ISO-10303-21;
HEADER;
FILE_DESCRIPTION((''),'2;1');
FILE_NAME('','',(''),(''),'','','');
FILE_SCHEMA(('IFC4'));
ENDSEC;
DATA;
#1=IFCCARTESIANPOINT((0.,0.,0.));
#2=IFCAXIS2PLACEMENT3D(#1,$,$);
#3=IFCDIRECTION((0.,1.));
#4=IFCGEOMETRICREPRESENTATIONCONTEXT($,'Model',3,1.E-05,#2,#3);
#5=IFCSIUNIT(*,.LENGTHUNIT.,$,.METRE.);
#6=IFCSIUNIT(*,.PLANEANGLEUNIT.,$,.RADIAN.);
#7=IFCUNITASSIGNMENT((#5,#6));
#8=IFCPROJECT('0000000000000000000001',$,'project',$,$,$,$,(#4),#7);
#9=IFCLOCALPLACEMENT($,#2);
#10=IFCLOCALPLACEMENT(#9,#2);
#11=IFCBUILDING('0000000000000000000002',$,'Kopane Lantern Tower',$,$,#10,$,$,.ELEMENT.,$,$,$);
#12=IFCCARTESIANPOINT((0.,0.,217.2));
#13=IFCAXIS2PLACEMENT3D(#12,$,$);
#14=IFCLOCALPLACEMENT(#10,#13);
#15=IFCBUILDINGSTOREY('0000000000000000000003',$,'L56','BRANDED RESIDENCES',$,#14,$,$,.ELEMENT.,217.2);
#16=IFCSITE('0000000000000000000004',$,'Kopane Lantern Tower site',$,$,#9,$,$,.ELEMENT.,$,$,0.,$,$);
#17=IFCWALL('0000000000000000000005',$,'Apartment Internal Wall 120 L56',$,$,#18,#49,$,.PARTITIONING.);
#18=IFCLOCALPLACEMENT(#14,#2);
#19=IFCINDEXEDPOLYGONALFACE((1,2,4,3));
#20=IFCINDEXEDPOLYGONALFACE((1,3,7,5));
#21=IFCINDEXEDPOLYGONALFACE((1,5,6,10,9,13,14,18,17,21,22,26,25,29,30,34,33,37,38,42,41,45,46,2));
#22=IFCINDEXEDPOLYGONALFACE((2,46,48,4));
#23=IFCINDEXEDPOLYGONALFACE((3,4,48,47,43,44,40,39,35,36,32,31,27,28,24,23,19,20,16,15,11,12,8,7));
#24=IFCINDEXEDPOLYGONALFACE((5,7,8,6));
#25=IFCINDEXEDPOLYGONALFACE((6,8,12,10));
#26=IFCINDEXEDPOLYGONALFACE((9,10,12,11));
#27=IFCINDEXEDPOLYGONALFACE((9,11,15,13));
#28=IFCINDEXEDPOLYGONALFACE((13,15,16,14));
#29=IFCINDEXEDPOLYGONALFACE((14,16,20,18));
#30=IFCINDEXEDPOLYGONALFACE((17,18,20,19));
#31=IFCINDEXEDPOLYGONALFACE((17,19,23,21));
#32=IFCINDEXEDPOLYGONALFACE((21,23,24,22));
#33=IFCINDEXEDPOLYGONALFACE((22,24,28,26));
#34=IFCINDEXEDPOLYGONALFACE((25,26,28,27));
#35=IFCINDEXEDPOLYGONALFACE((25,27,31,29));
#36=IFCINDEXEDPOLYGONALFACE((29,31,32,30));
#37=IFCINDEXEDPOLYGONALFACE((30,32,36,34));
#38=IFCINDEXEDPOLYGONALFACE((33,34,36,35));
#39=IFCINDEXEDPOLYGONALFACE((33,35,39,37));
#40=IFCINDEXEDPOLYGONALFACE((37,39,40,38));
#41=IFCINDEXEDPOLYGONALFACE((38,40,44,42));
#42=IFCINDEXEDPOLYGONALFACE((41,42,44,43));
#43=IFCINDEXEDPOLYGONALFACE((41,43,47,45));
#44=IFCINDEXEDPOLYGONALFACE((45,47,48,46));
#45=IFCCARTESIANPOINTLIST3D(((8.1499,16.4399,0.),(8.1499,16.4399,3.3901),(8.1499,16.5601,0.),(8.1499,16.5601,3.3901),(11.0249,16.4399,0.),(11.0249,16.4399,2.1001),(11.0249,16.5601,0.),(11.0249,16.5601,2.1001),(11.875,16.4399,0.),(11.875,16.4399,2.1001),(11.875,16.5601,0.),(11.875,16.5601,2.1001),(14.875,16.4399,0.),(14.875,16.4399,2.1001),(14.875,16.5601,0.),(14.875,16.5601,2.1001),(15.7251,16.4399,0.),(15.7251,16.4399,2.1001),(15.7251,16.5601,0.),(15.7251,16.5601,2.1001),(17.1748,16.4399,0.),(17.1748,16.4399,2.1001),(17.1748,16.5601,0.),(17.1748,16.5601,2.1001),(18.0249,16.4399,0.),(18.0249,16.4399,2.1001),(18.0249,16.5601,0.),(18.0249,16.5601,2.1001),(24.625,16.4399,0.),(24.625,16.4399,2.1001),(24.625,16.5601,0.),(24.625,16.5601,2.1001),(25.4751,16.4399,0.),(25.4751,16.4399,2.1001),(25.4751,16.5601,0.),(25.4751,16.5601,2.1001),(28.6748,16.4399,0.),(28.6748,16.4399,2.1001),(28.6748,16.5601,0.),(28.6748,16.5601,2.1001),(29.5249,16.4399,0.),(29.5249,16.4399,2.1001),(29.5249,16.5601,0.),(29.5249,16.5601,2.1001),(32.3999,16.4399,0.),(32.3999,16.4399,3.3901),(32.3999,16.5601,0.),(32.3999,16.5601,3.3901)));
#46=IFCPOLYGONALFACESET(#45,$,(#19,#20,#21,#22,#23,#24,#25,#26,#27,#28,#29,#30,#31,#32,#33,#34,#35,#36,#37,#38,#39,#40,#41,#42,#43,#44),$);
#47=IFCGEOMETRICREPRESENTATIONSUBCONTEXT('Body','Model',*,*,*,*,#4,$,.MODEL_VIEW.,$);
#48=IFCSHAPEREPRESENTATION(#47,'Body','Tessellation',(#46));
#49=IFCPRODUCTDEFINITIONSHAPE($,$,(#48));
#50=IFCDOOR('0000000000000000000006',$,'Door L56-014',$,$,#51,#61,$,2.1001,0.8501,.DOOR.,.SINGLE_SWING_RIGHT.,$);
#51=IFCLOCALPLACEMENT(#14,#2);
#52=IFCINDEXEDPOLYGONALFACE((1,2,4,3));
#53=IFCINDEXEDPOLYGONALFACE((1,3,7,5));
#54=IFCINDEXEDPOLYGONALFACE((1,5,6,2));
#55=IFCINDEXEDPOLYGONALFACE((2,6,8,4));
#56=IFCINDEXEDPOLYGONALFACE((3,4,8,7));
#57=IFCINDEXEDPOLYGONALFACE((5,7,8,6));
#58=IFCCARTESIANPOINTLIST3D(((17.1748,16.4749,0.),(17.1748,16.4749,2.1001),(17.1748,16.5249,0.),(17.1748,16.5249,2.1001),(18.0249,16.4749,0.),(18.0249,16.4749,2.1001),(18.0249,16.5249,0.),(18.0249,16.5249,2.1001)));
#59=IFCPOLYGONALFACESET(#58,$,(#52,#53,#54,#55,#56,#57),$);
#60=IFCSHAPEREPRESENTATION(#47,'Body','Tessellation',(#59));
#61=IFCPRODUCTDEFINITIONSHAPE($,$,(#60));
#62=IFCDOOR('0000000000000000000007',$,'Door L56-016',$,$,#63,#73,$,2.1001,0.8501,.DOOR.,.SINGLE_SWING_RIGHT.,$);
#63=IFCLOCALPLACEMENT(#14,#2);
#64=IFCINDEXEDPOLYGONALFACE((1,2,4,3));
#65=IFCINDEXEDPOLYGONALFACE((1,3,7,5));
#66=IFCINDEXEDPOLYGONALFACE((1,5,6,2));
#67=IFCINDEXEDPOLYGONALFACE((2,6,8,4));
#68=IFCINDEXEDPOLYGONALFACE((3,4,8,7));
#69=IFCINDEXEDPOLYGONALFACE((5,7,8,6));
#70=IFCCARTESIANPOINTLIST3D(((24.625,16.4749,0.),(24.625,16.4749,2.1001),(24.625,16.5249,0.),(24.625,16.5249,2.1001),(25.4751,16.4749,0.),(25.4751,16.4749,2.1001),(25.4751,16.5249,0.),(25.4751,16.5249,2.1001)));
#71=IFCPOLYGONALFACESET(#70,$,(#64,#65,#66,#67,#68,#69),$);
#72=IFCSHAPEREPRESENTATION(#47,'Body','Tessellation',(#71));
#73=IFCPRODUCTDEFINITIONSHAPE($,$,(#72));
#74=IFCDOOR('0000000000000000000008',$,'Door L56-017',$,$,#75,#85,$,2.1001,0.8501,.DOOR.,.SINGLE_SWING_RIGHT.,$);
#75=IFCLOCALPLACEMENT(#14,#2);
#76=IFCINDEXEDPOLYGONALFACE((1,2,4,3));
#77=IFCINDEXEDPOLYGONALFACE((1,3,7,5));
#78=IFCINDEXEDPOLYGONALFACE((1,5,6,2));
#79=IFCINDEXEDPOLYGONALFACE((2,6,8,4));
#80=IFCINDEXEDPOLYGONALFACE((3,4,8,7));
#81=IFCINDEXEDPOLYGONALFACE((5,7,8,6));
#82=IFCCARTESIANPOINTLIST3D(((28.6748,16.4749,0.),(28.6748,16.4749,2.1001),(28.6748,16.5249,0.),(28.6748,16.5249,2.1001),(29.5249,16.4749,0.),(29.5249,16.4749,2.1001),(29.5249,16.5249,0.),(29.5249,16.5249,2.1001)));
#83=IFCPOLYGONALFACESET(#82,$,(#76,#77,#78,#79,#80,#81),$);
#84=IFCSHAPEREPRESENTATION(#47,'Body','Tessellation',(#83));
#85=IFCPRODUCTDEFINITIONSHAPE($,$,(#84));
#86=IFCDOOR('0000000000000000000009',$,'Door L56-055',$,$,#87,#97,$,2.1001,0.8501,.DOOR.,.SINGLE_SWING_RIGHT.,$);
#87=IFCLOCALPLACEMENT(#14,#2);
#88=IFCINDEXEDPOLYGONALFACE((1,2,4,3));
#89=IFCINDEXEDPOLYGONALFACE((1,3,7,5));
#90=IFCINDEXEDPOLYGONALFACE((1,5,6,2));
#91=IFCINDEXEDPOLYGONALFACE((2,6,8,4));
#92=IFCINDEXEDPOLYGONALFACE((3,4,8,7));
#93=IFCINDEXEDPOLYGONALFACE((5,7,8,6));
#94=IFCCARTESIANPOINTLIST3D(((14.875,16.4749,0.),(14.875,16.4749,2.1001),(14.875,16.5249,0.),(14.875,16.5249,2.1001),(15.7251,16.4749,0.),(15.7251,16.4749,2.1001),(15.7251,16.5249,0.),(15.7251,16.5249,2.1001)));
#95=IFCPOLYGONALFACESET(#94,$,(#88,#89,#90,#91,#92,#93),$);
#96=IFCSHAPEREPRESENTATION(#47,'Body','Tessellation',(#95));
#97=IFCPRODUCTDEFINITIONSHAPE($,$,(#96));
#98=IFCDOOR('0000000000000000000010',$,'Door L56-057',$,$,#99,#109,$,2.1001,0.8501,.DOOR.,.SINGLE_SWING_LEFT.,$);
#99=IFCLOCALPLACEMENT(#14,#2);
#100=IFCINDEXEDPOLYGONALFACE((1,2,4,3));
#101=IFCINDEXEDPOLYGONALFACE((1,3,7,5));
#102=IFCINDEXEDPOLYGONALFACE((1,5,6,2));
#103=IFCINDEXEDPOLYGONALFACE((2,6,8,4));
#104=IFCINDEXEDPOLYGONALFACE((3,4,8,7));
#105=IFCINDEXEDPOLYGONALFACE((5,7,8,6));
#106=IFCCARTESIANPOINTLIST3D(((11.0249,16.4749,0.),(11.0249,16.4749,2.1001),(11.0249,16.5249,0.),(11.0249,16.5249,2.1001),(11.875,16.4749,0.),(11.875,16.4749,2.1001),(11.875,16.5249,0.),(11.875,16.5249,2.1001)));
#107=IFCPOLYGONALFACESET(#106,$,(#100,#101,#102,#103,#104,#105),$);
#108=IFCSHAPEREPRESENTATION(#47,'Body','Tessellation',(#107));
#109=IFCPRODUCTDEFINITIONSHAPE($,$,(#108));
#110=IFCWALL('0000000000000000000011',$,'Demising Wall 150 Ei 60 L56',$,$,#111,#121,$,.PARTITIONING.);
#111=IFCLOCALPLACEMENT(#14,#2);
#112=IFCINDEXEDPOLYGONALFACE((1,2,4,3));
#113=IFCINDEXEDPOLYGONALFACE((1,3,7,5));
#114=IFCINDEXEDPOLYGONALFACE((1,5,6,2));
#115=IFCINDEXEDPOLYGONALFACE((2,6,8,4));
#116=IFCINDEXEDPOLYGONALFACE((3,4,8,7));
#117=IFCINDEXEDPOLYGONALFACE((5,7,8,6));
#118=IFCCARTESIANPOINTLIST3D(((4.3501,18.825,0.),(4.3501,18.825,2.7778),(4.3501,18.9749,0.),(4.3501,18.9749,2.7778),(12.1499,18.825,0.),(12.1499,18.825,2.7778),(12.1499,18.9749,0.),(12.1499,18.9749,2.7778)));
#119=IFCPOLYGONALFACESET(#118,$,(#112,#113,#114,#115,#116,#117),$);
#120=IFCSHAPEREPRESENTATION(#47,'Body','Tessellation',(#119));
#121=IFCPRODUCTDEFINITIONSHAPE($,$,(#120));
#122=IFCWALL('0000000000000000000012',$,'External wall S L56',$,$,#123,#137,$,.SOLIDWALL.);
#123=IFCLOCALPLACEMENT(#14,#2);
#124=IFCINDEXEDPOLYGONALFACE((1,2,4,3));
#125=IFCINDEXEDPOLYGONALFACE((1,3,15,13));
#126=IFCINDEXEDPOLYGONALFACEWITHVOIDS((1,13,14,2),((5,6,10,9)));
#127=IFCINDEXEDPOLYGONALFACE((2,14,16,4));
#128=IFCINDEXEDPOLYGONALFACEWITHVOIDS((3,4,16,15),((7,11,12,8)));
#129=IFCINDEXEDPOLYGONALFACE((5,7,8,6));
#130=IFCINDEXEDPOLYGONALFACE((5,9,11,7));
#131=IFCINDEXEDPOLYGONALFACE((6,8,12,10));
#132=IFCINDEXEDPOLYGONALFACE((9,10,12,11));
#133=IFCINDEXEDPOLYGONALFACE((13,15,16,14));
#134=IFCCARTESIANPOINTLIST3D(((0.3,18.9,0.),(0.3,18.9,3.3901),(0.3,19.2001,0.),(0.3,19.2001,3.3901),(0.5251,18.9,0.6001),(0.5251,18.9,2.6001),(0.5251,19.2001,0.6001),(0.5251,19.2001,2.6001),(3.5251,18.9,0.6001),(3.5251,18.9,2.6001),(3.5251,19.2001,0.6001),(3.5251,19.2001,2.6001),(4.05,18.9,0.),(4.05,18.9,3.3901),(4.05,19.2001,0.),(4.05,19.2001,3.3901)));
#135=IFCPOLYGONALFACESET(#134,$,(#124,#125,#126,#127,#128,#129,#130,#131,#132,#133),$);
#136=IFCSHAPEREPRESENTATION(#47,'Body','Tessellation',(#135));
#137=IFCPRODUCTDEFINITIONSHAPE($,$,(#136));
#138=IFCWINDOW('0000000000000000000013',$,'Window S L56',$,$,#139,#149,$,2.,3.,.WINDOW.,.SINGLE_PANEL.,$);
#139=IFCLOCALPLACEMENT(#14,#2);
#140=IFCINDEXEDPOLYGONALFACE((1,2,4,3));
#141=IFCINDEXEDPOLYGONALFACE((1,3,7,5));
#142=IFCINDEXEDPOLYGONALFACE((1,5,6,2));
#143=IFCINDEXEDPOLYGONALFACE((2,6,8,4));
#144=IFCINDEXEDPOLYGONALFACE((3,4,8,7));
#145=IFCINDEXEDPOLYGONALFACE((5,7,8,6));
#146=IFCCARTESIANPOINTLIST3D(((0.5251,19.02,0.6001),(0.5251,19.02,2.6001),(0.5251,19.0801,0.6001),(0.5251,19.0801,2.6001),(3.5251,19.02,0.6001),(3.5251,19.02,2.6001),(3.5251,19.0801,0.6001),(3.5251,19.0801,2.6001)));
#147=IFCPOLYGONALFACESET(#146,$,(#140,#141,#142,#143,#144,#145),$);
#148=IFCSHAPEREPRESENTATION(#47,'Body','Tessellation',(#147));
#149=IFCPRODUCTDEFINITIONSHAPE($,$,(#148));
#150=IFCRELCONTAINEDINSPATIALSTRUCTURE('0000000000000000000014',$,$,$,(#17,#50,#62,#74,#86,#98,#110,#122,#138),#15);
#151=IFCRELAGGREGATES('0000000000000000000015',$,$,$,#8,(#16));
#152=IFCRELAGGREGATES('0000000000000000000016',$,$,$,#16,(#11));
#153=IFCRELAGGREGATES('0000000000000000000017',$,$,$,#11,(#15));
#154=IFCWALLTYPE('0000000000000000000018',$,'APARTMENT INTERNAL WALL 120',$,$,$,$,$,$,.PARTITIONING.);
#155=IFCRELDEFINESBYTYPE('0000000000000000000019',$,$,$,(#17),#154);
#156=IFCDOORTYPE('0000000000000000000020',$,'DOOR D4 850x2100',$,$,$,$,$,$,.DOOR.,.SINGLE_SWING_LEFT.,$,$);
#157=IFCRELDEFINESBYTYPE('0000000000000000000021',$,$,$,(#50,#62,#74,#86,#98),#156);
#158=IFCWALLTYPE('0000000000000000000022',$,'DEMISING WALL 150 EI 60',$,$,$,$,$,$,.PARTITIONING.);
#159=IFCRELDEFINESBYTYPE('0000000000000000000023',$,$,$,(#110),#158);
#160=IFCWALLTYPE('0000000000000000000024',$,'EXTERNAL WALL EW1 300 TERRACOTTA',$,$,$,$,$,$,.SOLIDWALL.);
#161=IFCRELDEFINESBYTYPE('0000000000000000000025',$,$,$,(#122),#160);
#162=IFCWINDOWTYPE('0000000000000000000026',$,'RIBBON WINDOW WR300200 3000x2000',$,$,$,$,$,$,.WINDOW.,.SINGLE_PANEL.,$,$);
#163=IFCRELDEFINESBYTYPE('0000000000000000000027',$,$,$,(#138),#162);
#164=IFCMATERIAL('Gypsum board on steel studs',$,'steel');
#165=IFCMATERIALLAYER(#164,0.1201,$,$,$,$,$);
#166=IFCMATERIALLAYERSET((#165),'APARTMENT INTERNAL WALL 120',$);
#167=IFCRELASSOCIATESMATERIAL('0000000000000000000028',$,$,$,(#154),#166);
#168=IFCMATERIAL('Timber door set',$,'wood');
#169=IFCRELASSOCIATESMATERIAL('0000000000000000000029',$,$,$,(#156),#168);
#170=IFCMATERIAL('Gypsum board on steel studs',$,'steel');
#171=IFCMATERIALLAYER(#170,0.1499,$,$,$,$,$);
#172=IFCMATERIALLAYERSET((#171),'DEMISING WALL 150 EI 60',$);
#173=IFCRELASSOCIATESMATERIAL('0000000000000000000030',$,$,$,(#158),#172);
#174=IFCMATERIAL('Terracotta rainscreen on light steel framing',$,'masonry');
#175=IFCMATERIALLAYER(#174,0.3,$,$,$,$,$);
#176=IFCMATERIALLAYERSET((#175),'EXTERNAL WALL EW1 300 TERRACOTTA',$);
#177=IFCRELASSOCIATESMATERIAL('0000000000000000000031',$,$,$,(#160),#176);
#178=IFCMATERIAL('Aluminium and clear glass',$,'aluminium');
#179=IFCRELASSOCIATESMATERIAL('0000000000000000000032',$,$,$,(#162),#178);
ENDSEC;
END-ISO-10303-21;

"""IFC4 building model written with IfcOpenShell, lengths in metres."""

from ifc_helpers import new_model, si_unit, direction, frame, frame_2d, origin, place, context, subcontext, project, spatial, rectangle, extrude, material, layer, layer_set, type_object, element, fill, save


model = new_model("IFC4")

# Units and contexts
model_context = context("Model", 3, precision=1e-05, world=origin(), true_north=direction((0.0, 1.0)))
body_context = subcontext(model_context, "Body", "Model", "MODEL_VIEW")
ifc_project = project(units=[si_unit("LENGTHUNIT", "METRE"), si_unit("PLANEANGLEUNIT", "RADIAN")], contexts=[model_context])

# Site, building, storey
site_placement = place(None, origin())
site = spatial("IfcSite", under=ifc_project, at=site_placement, Name="Kopane Lantern Tower site", CompositionType="ELEMENT", RefElevation=0.0)
building_placement = place(site_placement, origin())
building = spatial("IfcBuilding", under=site, at=building_placement, Name="Kopane Lantern Tower", CompositionType="ELEMENT")
storey_placement = place(building_placement, frame((0.0, 0.0, 217.2)))
storey = spatial("IfcBuildingStorey", under=building, at=storey_placement, Name="L56", Description="BRANDED RESIDENCES", CompositionType="ELEMENT", Elevation=217.2)

# Wall, openings, doors
ifc_material_1 = material(Name="Gypsum board on steel studs", Category="steel")
ifc_layer_1 = layer(ifc_material_1, 0.1201)
ifc_layer_set_1 = layer_set([ifc_layer_1], Name="APARTMENT INTERNAL WALL 120")
wall_type_1 = type_object("IfcWallType", Name="APARTMENT INTERNAL WALL 120", PredefinedType="PARTITIONING", material=ifc_layer_set_1)
wall_1_placement = place(storey_placement, frame((8.1499, 16.5, 0.0), z_axis=(0.0, 0.0, 1.0), x_axis=(1.0, 0.0, 0.0)))
wall_1 = element("IfcWall", 1, at=wall_1_placement, inside=storey, type_object=wall_type_1, Name="Apartment Internal Wall 120 L56", PredefinedType="PARTITIONING", context=body_context, shape_type="SweptSolid", body=[
    extrude(rectangle(XDim=24.25, YDim=0.1201, at=frame_2d((12.125, 0.0))), origin(), (0.0, 0.0, 1.0), 3.3901),
])
opening_1_placement = place(wall_1_placement, frame((9.0249, 0.0, 0.0)))
opening_1 = element("IfcOpeningElement", 2, at=opening_1_placement, cuts=wall_1, PredefinedType="OPENING", context=body_context, shape_type="SweptSolid", body=[
    extrude(rectangle(XDim=0.8501, YDim=2.1001, at=frame_2d((0.425, 1.05))), frame((0.0, 0.0701, 0.0), z_axis=(0.0, -1.0, 0.0), x_axis=(1.0, 0.0, 0.0)), (0.0, 0.0, 1.0), 0.1401),
])
opening_2_placement = place(wall_1_placement, frame((16.4751, 0.0, 0.0)))
opening_2 = element("IfcOpeningElement", 3, at=opening_2_placement, cuts=wall_1, PredefinedType="OPENING", context=body_context, shape_type="SweptSolid", body=[
    extrude(rectangle(XDim=0.8501, YDim=2.1001, at=frame_2d((0.425, 1.05))), frame((0.0, 0.0701, 0.0), z_axis=(0.0, -1.0, 0.0), x_axis=(1.0, 0.0, 0.0)), (0.0, 0.0, 1.0), 0.1401),
])
opening_3_placement = place(wall_1_placement, frame((20.5249, 0.0, 0.0)))
opening_3 = element("IfcOpeningElement", 4, at=opening_3_placement, cuts=wall_1, PredefinedType="OPENING", context=body_context, shape_type="SweptSolid", body=[
    extrude(rectangle(XDim=0.8501, YDim=2.1001, at=frame_2d((0.425, 1.05))), frame((0.0, 0.0701, 0.0), z_axis=(0.0, -1.0, 0.0), x_axis=(1.0, 0.0, 0.0)), (0.0, 0.0, 1.0), 0.1401),
])
opening_4_placement = place(wall_1_placement, frame((6.7251, 0.0, 0.0)))
opening_4 = element("IfcOpeningElement", 5, at=opening_4_placement, cuts=wall_1, PredefinedType="OPENING", context=body_context, shape_type="SweptSolid", body=[
    extrude(rectangle(XDim=0.8501, YDim=2.1001, at=frame_2d((0.425, 1.05))), frame((0.0, 0.0701, 0.0), z_axis=(0.0, -1.0, 0.0), x_axis=(1.0, 0.0, 0.0)), (0.0, 0.0, 1.0), 0.1401),
])
opening_5_placement = place(wall_1_placement, frame((2.875, 0.0, 0.0)))
opening_5 = element("IfcOpeningElement", 6, at=opening_5_placement, cuts=wall_1, PredefinedType="OPENING", context=body_context, shape_type="SweptSolid", body=[
    extrude(rectangle(XDim=0.8501, YDim=2.1001, at=frame_2d((0.425, 1.05))), frame((0.0, 0.0701, 0.0), z_axis=(0.0, -1.0, 0.0), x_axis=(1.0, 0.0, 0.0)), (0.0, 0.0, 1.0), 0.1401),
])
ifc_material_2 = material(Name="Timber door set", Category="wood")
door_type = type_object("IfcDoorType", Name="DOOR D4 850x2100", OperationType="SINGLE_SWING_LEFT", PredefinedType="DOOR", material=ifc_material_2)
door_1_placement = place(opening_1_placement, origin())
door_1 = element("IfcDoor", 7, at=door_1_placement, inside=storey, type_object=door_type, Name="Door L56-014", OperationType="SINGLE_SWING_RIGHT", OverallHeight=2.1001, OverallWidth=0.8501, PredefinedType="DOOR", context=body_context, shape_type="SweptSolid", body=[
    extrude(rectangle(XDim=0.8501, YDim=2.1001, at=frame_2d((0.425, 1.05))), frame((0.0, 0.0249, 0.0), z_axis=(0.0, -1.0, 0.0), x_axis=(1.0, 0.0, 0.0)), (0.0, 0.0, 1.0), 0.05),
])
fill(opening_1, door_1)
door_2_placement = place(opening_2_placement, origin())
door_2 = element("IfcDoor", 8, at=door_2_placement, inside=storey, type_object=door_type, Name="Door L56-016", OperationType="SINGLE_SWING_RIGHT", OverallHeight=2.1001, OverallWidth=0.8501, PredefinedType="DOOR", context=body_context, shape_type="SweptSolid", body=[
    extrude(rectangle(XDim=0.8501, YDim=2.1001, at=frame_2d((0.425, 1.05))), frame((0.0, 0.0249, 0.0), z_axis=(0.0, -1.0, 0.0), x_axis=(1.0, 0.0, 0.0)), (0.0, 0.0, 1.0), 0.05),
])
fill(opening_2, door_2)
door_3_placement = place(opening_3_placement, origin())
door_3 = element("IfcDoor", 9, at=door_3_placement, inside=storey, type_object=door_type, Name="Door L56-017", OperationType="SINGLE_SWING_RIGHT", OverallHeight=2.1001, OverallWidth=0.8501, PredefinedType="DOOR", context=body_context, shape_type="SweptSolid", body=[
    extrude(rectangle(XDim=0.8501, YDim=2.1001, at=frame_2d((0.425, 1.05))), frame((0.0, 0.0249, 0.0), z_axis=(0.0, -1.0, 0.0), x_axis=(1.0, 0.0, 0.0)), (0.0, 0.0, 1.0), 0.05),
])
fill(opening_3, door_3)
door_4_placement = place(opening_4_placement, origin())
door_4 = element("IfcDoor", 10, at=door_4_placement, inside=storey, type_object=door_type, Name="Door L56-055", OperationType="SINGLE_SWING_RIGHT", OverallHeight=2.1001, OverallWidth=0.8501, PredefinedType="DOOR", context=body_context, shape_type="SweptSolid", body=[
    extrude(rectangle(XDim=0.8501, YDim=2.1001, at=frame_2d((0.425, 1.05))), frame((0.0, 0.0249, 0.0), z_axis=(0.0, -1.0, 0.0), x_axis=(1.0, 0.0, 0.0)), (0.0, 0.0, 1.0), 0.05),
])
fill(opening_4, door_4)
door_5_placement = place(opening_5_placement, origin())
door_5 = element("IfcDoor", 11, at=door_5_placement, inside=storey, type_object=door_type, Name="Door L56-057", OperationType="SINGLE_SWING_LEFT", OverallHeight=2.1001, OverallWidth=0.8501, PredefinedType="DOOR", context=body_context, shape_type="SweptSolid", body=[
    extrude(rectangle(XDim=0.8501, YDim=2.1001, at=frame_2d((0.425, 1.05))), frame((0.0, 0.0249, 0.0), z_axis=(0.0, -1.0, 0.0), x_axis=(1.0, 0.0, 0.0)), (0.0, 0.0, 1.0), 0.05),
])
fill(opening_5, door_5)

# Wall
ifc_material_3 = material(Name="Gypsum board on steel studs", Category="steel")
ifc_layer_2 = layer(ifc_material_3, 0.1499)
ifc_layer_set_2 = layer_set([ifc_layer_2], Name="DEMISING WALL 150 EI 60")
wall_type_2 = type_object("IfcWallType", Name="DEMISING WALL 150 EI 60", PredefinedType="PARTITIONING", material=ifc_layer_set_2)
wall_2_placement = place(storey_placement, frame((4.3501, 18.8999, 0.0), z_axis=(0.0, 0.0, 1.0), x_axis=(1.0, 0.0, 0.0)))
element("IfcWall", 12, at=wall_2_placement, inside=storey, type_object=wall_type_2, Name="Demising Wall 150 Ei 60 L56", PredefinedType="PARTITIONING", context=body_context, shape_type="SweptSolid", body=[
    extrude(rectangle(XDim=7.7998, YDim=0.1499, at=frame_2d((3.8999, 0.0))), origin(), (0.0, 0.0, 1.0), 2.7778),
])

# Wall, opening, window
ifc_material_4 = material(Name="Terracotta rainscreen on light steel framing", Category="masonry")
ifc_layer_3 = layer(ifc_material_4, 0.3)
ifc_layer_set_3 = layer_set([ifc_layer_3], Name="EXTERNAL WALL EW1 300 TERRACOTTA")
wall_type_3 = type_object("IfcWallType", Name="EXTERNAL WALL EW1 300 TERRACOTTA", PredefinedType="SOLIDWALL", material=ifc_layer_set_3)
wall_3_placement = place(storey_placement, frame((0.3, 19.05, 0.0), z_axis=(0.0, 0.0, 1.0), x_axis=(1.0, 0.0, 0.0)))
wall_3 = element("IfcWall", 13, at=wall_3_placement, inside=storey, type_object=wall_type_3, Name="External wall S L56", PredefinedType="SOLIDWALL", context=body_context, shape_type="SweptSolid", body=[
    extrude(rectangle(XDim=3.75, YDim=0.3, at=frame_2d((1.875, 0.0))), origin(), (0.0, 0.0, 1.0), 3.3901),
])
opening_6_placement = place(wall_3_placement, frame((0.2251, 0.0, 0.6001)))
opening_6 = element("IfcOpeningElement", 14, at=opening_6_placement, cuts=wall_3, PredefinedType="OPENING", context=body_context, shape_type="SweptSolid", body=[
    extrude(rectangle(XDim=3.0, YDim=2.0, at=frame_2d((1.5, 1.0))), frame((0.0, 0.1599, 0.0), z_axis=(0.0, -1.0, 0.0), x_axis=(1.0, 0.0, 0.0)), (0.0, 0.0, 1.0), 0.3201),
])
ifc_material_5 = material(Name="Aluminium and clear glass", Category="aluminium")
window_type = type_object("IfcWindowType", Name="RIBBON WINDOW WR300200 3000x2000", PartitioningType="SINGLE_PANEL", PredefinedType="WINDOW", material=ifc_material_5)
window_1_placement = place(opening_6_placement, origin())
window_1 = element("IfcWindow", 15, at=window_1_placement, inside=storey, type_object=window_type, Name="Window S L56", OverallHeight=2.0, OverallWidth=3.0, PartitioningType="SINGLE_PANEL", PredefinedType="WINDOW", context=body_context, shape_type="SweptSolid", body=[
    extrude(rectangle(XDim=3.0, YDim=2.0, at=frame_2d((1.5, 1.0))), frame((0.0, 0.03, 0.0), z_axis=(0.0, -1.0, 0.0), x_axis=(1.0, 0.0, 0.0)), (0.0, 0.0, 1.0), 0.0601),
])
fill(opening_6, window_1)

save(model, "model.ifc")
